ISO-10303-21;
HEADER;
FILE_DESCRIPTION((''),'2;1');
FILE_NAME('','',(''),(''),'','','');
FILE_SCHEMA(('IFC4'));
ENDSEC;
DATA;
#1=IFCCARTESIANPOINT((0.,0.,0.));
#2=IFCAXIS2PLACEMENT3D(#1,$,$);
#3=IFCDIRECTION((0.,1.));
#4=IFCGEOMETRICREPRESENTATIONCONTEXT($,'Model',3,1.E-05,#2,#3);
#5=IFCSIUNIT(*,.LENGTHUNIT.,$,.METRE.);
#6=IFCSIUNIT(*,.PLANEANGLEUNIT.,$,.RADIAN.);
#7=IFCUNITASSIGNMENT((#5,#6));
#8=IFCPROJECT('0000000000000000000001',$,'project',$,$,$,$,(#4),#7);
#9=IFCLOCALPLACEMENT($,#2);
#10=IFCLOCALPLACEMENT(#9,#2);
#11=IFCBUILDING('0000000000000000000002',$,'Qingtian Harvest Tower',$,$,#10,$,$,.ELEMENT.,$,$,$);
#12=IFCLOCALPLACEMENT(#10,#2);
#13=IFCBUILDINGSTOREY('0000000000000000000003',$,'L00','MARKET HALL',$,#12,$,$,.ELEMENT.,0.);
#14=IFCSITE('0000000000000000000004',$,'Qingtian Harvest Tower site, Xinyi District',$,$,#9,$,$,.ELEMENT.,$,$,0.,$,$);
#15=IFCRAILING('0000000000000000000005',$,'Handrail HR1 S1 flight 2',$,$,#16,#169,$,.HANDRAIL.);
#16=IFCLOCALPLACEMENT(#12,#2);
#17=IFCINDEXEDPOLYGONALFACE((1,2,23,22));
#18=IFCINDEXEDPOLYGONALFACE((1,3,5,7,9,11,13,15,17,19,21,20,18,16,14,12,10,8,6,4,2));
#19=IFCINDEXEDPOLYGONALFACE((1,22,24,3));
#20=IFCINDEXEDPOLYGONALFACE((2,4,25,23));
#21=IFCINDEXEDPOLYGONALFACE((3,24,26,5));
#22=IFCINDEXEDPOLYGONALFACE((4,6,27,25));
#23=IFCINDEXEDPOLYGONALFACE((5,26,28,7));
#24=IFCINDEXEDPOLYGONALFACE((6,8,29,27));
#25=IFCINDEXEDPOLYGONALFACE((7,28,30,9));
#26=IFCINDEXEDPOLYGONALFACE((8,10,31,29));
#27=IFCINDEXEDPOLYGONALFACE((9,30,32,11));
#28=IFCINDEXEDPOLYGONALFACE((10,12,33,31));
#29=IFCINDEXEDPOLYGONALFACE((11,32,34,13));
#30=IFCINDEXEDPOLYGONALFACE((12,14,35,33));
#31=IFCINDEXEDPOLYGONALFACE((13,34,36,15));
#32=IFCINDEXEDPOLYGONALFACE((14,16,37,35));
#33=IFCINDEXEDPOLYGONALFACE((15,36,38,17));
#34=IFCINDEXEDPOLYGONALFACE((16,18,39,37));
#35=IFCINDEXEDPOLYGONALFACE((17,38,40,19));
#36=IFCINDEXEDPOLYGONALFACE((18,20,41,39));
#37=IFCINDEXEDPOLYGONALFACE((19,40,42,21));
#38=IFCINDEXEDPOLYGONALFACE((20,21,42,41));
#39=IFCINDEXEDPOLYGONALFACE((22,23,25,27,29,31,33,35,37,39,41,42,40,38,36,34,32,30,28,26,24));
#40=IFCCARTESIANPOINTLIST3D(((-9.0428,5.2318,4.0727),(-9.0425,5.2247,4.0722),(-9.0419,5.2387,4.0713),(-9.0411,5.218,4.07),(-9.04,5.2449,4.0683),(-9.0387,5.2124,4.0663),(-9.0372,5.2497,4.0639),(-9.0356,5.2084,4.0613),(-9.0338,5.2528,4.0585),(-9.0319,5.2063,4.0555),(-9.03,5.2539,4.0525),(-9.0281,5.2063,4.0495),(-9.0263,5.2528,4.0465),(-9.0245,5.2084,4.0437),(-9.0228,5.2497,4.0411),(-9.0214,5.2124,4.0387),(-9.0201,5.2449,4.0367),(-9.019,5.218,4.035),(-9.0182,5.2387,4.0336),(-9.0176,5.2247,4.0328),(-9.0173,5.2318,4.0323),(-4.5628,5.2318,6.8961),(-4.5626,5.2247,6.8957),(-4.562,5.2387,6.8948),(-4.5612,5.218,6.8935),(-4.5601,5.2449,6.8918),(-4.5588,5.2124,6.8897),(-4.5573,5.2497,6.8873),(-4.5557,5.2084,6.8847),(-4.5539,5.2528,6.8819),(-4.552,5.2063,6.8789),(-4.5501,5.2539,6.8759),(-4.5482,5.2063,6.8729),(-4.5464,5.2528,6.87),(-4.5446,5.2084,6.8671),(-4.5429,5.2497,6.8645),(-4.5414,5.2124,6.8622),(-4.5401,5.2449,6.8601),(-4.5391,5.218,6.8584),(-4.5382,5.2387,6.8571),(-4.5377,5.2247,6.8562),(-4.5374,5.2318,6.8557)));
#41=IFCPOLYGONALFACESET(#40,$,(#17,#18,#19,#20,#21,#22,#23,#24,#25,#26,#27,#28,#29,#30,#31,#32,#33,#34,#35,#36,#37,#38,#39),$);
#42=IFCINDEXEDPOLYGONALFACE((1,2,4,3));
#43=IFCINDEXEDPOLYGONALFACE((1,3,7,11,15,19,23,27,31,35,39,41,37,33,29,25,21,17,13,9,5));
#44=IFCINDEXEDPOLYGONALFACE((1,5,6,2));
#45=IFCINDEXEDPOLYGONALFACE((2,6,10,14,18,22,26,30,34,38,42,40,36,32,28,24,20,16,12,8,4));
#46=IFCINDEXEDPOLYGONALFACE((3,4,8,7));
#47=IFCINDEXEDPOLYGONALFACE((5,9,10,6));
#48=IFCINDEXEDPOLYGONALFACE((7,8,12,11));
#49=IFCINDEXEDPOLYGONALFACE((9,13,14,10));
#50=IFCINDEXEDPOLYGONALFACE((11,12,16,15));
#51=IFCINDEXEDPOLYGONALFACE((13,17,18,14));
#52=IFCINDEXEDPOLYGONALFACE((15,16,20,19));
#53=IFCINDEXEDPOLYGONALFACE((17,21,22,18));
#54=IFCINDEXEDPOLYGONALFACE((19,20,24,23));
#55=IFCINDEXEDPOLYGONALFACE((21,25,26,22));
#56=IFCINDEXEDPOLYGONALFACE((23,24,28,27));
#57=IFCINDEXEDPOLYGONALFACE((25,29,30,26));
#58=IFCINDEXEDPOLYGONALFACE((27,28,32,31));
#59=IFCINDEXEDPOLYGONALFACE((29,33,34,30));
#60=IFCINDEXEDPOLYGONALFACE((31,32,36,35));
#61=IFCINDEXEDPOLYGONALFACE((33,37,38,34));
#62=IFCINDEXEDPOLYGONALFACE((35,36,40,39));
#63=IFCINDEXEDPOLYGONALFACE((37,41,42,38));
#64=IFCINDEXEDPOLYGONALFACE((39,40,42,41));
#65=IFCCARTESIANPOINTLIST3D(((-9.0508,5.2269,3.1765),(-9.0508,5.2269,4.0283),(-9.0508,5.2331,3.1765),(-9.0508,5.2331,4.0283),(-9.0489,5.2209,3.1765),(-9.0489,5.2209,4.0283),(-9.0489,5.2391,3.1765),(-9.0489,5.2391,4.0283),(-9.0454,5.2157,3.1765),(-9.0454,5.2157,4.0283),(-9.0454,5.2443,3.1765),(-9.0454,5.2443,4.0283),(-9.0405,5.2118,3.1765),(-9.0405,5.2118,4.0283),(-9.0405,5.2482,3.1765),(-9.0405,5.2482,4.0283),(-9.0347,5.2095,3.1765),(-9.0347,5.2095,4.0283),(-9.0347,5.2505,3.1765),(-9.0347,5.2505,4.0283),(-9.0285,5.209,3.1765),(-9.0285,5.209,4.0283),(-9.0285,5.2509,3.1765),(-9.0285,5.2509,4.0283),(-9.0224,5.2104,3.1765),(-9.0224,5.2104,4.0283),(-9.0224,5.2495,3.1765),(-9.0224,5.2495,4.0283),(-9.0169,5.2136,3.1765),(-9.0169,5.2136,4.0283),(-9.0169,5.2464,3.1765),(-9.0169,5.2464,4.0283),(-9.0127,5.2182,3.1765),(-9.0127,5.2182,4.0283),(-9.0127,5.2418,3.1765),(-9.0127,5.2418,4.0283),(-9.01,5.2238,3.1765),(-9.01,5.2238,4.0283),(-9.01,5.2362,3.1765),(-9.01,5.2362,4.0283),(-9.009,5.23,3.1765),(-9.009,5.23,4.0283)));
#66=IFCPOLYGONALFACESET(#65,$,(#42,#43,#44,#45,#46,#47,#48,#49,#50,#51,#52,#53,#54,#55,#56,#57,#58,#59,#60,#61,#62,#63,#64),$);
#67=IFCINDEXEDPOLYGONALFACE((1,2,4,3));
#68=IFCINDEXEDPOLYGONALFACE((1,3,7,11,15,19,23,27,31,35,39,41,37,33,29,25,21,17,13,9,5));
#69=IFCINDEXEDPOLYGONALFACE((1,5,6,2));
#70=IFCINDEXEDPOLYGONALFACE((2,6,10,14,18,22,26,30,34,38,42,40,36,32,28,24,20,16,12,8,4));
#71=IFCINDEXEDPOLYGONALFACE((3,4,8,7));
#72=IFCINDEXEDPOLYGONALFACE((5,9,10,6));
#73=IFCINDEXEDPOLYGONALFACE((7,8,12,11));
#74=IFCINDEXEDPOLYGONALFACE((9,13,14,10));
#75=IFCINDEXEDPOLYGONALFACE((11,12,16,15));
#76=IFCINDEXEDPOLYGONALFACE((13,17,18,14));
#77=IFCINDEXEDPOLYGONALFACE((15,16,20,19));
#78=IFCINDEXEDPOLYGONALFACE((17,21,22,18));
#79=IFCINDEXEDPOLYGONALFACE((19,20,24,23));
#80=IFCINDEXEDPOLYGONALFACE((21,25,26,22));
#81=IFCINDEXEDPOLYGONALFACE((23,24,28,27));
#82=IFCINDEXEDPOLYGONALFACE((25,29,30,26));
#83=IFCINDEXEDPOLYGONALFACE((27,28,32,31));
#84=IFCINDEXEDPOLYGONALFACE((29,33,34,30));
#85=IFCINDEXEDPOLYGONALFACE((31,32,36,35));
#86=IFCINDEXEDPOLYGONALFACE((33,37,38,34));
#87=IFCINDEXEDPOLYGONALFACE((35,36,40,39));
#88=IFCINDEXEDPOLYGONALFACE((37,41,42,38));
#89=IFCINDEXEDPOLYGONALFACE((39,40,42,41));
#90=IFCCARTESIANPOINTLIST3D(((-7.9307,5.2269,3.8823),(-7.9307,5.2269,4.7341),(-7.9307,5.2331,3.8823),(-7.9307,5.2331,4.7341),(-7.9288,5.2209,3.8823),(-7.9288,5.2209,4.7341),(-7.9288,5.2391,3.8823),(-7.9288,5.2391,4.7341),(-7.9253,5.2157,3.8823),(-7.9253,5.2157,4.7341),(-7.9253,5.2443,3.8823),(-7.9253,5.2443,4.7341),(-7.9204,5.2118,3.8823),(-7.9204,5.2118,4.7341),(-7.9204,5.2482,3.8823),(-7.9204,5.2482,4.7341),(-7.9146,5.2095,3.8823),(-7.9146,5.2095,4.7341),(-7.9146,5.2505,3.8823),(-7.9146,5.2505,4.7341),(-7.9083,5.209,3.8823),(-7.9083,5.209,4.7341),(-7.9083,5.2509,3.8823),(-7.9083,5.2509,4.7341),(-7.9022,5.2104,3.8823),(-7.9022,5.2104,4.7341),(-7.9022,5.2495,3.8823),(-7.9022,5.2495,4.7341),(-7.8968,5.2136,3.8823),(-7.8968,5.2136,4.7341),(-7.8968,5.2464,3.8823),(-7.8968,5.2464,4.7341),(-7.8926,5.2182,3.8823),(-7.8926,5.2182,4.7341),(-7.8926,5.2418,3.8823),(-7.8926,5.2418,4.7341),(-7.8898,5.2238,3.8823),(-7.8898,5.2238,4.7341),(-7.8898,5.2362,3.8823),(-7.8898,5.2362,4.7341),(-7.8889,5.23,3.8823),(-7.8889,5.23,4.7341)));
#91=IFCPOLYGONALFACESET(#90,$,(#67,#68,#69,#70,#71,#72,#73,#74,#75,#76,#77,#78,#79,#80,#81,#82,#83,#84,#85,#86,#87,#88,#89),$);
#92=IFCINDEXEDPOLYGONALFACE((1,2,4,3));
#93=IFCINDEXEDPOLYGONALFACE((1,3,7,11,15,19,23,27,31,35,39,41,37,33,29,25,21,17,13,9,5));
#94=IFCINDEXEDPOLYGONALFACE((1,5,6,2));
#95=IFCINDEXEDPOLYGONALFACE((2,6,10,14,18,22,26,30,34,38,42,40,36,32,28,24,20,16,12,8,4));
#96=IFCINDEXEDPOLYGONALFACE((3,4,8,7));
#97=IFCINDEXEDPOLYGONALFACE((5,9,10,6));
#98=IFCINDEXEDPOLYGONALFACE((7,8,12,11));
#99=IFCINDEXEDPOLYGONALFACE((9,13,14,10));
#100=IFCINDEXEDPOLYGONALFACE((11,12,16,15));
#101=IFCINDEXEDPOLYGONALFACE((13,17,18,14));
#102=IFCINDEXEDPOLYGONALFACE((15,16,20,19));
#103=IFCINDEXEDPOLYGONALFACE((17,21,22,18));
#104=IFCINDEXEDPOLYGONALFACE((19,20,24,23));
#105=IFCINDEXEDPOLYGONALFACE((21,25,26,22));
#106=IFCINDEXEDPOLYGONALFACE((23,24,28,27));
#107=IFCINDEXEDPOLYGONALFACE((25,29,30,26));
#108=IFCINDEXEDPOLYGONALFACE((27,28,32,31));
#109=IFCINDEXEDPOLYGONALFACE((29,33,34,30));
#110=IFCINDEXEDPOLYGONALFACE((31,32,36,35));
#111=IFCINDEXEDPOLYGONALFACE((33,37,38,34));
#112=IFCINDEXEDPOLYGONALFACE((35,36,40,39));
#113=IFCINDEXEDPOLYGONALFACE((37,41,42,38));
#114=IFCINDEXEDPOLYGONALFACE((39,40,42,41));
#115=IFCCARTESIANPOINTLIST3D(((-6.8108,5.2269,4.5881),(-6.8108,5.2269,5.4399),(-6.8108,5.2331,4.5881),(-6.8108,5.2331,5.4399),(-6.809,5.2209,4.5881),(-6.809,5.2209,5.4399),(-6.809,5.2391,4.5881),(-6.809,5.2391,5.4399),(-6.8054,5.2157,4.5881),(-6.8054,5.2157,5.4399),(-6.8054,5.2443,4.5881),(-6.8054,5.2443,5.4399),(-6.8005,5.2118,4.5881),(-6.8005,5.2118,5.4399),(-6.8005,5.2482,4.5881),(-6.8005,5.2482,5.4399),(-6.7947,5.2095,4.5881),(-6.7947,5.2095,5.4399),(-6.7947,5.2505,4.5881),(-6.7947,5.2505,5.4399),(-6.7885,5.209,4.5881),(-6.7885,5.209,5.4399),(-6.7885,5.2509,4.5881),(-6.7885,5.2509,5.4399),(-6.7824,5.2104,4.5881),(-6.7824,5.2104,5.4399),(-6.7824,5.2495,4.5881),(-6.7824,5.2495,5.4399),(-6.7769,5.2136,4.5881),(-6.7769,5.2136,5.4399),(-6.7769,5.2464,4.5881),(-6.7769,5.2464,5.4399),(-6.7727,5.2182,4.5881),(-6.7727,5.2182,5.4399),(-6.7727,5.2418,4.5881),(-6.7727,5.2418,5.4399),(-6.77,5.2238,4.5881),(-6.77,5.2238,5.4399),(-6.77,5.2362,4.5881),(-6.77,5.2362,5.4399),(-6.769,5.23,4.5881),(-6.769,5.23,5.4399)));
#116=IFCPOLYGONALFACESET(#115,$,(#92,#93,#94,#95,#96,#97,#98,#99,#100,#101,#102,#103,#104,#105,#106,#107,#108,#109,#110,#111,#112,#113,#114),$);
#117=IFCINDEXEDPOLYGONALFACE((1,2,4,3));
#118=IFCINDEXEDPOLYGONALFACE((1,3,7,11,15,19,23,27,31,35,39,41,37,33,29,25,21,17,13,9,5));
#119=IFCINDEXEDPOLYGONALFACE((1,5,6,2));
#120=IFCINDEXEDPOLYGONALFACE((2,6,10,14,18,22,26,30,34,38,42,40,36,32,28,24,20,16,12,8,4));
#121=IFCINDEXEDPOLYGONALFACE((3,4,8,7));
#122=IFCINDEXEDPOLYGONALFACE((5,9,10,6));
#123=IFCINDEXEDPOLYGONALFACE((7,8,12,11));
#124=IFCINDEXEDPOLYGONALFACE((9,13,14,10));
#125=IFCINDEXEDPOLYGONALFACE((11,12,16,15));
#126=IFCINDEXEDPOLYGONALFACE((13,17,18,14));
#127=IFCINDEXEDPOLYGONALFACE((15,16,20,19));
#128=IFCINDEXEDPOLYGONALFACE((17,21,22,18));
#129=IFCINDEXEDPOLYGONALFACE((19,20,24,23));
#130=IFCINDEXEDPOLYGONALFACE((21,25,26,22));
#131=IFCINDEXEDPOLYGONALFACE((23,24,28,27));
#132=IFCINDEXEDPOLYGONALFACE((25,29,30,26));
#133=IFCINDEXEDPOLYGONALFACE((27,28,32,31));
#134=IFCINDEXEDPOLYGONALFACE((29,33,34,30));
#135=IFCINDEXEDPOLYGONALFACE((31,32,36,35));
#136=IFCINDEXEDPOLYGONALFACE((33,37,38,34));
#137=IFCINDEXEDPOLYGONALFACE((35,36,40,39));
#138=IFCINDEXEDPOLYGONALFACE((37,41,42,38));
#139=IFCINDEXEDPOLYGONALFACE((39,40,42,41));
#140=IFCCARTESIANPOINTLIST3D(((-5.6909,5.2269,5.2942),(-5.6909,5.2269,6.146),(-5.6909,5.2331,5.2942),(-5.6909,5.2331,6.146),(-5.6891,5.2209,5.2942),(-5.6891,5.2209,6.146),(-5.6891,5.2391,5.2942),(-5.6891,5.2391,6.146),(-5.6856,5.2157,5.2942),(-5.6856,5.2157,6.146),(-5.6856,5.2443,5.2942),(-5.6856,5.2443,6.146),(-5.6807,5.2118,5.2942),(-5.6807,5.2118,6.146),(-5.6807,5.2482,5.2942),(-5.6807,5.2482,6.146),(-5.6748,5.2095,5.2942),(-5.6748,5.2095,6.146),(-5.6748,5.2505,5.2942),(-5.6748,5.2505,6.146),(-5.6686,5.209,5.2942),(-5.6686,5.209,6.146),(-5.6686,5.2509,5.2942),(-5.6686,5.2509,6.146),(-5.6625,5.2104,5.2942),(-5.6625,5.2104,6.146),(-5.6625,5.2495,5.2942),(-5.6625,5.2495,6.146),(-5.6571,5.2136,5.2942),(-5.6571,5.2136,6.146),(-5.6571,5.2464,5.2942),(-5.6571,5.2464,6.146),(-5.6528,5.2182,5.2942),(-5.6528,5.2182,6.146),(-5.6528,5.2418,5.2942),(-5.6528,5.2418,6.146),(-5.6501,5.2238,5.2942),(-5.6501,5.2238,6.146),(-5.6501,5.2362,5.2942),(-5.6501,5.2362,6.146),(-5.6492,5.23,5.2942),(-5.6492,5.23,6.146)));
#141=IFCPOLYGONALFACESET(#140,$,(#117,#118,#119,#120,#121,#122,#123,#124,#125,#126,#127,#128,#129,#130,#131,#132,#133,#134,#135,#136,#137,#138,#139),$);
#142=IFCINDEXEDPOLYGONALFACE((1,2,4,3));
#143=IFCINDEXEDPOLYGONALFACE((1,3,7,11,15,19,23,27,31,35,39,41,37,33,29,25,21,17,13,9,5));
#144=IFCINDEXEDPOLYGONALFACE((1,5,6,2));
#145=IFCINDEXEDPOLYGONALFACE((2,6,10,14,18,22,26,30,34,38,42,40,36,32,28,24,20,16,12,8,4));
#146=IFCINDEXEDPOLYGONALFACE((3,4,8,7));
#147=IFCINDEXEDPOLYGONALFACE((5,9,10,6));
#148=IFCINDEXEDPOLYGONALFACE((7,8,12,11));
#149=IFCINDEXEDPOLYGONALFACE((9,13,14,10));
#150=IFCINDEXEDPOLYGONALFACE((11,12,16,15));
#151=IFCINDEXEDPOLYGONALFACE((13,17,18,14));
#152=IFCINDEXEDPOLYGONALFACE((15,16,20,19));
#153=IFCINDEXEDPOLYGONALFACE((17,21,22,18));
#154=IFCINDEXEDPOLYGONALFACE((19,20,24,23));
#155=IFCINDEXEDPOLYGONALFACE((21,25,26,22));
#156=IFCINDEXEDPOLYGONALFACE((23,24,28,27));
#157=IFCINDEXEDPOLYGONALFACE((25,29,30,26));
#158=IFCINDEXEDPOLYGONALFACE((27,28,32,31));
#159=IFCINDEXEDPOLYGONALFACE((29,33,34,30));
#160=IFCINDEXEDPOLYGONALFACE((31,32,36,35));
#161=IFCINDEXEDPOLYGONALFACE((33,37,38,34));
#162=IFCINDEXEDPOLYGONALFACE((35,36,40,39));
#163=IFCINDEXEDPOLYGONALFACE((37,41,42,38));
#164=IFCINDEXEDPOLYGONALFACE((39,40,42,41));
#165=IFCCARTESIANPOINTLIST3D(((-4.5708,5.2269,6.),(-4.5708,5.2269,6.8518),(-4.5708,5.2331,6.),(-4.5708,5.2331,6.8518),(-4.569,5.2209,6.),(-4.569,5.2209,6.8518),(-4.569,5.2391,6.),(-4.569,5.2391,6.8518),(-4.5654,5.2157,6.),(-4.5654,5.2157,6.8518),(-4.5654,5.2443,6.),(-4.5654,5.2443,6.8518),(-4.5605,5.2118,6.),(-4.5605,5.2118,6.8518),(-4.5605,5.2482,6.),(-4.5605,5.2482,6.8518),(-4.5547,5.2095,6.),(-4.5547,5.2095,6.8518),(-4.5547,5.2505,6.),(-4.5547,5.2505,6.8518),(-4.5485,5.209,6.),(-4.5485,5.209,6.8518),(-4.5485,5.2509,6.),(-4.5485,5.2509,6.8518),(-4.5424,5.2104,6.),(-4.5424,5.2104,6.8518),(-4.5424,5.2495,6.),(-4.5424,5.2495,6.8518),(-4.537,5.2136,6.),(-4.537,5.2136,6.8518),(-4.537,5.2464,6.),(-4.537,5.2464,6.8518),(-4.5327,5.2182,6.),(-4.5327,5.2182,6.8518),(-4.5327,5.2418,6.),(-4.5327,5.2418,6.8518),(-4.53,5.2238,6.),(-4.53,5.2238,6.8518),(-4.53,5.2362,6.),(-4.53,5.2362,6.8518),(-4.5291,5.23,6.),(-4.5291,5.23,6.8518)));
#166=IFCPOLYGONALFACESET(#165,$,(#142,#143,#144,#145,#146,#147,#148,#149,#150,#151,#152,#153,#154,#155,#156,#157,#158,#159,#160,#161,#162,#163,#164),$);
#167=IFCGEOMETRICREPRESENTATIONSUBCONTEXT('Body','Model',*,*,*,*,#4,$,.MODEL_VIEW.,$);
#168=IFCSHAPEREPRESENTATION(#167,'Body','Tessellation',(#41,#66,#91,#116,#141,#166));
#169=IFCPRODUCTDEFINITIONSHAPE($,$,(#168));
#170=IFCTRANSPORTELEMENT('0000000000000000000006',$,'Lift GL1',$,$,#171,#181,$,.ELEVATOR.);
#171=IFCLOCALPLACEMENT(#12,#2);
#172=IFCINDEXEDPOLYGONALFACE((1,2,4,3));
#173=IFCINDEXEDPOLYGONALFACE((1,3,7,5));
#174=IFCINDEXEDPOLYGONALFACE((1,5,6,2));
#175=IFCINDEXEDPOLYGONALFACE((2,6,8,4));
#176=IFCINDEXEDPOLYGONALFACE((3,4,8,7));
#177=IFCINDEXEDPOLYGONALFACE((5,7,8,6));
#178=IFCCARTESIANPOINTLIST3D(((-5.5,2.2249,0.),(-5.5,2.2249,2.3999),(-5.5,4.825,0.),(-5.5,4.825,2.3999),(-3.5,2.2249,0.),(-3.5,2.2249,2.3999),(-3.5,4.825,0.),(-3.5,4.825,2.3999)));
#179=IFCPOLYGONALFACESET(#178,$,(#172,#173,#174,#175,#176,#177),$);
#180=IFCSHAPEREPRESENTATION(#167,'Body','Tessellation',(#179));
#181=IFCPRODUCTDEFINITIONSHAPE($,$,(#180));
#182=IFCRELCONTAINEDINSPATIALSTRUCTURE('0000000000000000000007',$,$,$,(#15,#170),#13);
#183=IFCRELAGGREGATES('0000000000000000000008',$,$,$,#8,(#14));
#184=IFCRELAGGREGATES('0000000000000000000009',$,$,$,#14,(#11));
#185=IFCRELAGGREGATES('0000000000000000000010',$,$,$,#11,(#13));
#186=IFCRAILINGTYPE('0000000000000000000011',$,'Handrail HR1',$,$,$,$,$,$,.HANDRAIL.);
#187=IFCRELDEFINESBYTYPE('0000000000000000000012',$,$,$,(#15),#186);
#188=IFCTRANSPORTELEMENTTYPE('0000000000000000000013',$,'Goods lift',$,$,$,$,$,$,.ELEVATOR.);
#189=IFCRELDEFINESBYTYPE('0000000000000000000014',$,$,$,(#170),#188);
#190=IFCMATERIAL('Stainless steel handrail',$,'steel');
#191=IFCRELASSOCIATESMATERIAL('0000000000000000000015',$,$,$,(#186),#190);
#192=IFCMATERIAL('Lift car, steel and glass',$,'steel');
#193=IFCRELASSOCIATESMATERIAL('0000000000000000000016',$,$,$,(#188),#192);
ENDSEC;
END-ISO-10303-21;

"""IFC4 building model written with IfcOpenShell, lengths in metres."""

from ifc_helpers import new_model, si_unit, direction, frame, origin, origin_2d, place, context, subcontext, project, spatial, rectangle, circle, extrude, material, type_object, element, save


model = new_model("IFC4")

# Units and contexts
model_context = context("Model", 3, precision=1e-05, world=origin(), true_north=direction((0.0, 1.0)))
body_context = subcontext(model_context, "Body", "Model", "MODEL_VIEW")
ifc_project = project(units=[si_unit("LENGTHUNIT", "METRE"), si_unit("PLANEANGLEUNIT", "RADIAN")], contexts=[model_context])

# Site, building, storey
site_placement = place(None, origin())
site = spatial("IfcSite", under=ifc_project, at=site_placement, Name="Qingtian Harvest Tower site, Xinyi District", CompositionType="ELEMENT", RefElevation=0.0)
building_placement = place(site_placement, origin())
building = spatial("IfcBuilding", under=site, at=building_placement, Name="Qingtian Harvest Tower", CompositionType="ELEMENT")
storey_placement = place(building_placement, origin())
storey = spatial("IfcBuildingStorey", under=building, at=storey_placement, Name="L00", Description="MARKET HALL", CompositionType="ELEMENT", Elevation=0.0)

# Railing
ifc_material_1 = material(Name="Stainless steel handrail", Category="steel")
railing_type_1 = type_object("IfcRailingType", Name="Handrail HR1", PredefinedType="HANDRAIL", material=ifc_material_1)
railing_1_placement = place(storey_placement, frame((-9.03, 5.23, 3.1765)))
element("IfcRailing", 1, at=railing_1_placement, inside=storey, type_object=railing_type_1, Name="Handrail HR1 S1 flight 2", PredefinedType="HANDRAIL", context=body_context, shape_type="SweptSolid", body=[
    extrude(circle(Radius=0.0239, at=origin_2d()), frame((0.0, 0.0, 0.876), z_axis=(0.845998, 0.0, 0.533186), x_axis=(0.0, 1.0, 0.0)), (0.0, 0.0, 1.0), 5.2954),
    extrude(circle(Radius=0.021, at=origin_2d()), origin(), (0.0, 0.0, 1.0), 0.8518),
    extrude(circle(Radius=0.021, at=origin_2d()), frame((1.1201, 0.0, 0.7058)), (0.0, 0.0, 1.0), 0.8518),
    extrude(circle(Radius=0.021, at=origin_2d()), frame((2.24, 0.0, 1.4116)), (0.0, 0.0, 1.0), 0.8518),
    extrude(circle(Radius=0.021, at=origin_2d()), frame((3.3599, 0.0, 2.1177)), (0.0, 0.0, 1.0), 0.8518),
    extrude(circle(Radius=0.021, at=origin_2d()), frame((4.48, 0.0, 2.8235)), (0.0, 0.0, 1.0), 0.8518),
])

# Transport element
ifc_material_2 = material(Name="Lift car, steel and glass", Category="steel")
transport_element_type = type_object("IfcTransportElementType", Name="Goods lift", PredefinedType="ELEVATOR", material=ifc_material_2)
transport_element_placement = place(storey_placement, frame((-4.5, 3.5249, 0.0), z_axis=(0.0, 0.0, 1.0), x_axis=(1.0, 0.0, 0.0)))
element("IfcTransportElement", 2, at=transport_element_placement, inside=storey, type_object=transport_element_type, Name="Lift GL1", PredefinedType="ELEVATOR", context=body_context, shape_type="SweptSolid", body=[
    extrude(rectangle(XDim=2.0, YDim=2.6001, at=origin_2d()), origin(), (0.0, 0.0, 1.0), 2.3999),
])

save(model, "model.ifc")
